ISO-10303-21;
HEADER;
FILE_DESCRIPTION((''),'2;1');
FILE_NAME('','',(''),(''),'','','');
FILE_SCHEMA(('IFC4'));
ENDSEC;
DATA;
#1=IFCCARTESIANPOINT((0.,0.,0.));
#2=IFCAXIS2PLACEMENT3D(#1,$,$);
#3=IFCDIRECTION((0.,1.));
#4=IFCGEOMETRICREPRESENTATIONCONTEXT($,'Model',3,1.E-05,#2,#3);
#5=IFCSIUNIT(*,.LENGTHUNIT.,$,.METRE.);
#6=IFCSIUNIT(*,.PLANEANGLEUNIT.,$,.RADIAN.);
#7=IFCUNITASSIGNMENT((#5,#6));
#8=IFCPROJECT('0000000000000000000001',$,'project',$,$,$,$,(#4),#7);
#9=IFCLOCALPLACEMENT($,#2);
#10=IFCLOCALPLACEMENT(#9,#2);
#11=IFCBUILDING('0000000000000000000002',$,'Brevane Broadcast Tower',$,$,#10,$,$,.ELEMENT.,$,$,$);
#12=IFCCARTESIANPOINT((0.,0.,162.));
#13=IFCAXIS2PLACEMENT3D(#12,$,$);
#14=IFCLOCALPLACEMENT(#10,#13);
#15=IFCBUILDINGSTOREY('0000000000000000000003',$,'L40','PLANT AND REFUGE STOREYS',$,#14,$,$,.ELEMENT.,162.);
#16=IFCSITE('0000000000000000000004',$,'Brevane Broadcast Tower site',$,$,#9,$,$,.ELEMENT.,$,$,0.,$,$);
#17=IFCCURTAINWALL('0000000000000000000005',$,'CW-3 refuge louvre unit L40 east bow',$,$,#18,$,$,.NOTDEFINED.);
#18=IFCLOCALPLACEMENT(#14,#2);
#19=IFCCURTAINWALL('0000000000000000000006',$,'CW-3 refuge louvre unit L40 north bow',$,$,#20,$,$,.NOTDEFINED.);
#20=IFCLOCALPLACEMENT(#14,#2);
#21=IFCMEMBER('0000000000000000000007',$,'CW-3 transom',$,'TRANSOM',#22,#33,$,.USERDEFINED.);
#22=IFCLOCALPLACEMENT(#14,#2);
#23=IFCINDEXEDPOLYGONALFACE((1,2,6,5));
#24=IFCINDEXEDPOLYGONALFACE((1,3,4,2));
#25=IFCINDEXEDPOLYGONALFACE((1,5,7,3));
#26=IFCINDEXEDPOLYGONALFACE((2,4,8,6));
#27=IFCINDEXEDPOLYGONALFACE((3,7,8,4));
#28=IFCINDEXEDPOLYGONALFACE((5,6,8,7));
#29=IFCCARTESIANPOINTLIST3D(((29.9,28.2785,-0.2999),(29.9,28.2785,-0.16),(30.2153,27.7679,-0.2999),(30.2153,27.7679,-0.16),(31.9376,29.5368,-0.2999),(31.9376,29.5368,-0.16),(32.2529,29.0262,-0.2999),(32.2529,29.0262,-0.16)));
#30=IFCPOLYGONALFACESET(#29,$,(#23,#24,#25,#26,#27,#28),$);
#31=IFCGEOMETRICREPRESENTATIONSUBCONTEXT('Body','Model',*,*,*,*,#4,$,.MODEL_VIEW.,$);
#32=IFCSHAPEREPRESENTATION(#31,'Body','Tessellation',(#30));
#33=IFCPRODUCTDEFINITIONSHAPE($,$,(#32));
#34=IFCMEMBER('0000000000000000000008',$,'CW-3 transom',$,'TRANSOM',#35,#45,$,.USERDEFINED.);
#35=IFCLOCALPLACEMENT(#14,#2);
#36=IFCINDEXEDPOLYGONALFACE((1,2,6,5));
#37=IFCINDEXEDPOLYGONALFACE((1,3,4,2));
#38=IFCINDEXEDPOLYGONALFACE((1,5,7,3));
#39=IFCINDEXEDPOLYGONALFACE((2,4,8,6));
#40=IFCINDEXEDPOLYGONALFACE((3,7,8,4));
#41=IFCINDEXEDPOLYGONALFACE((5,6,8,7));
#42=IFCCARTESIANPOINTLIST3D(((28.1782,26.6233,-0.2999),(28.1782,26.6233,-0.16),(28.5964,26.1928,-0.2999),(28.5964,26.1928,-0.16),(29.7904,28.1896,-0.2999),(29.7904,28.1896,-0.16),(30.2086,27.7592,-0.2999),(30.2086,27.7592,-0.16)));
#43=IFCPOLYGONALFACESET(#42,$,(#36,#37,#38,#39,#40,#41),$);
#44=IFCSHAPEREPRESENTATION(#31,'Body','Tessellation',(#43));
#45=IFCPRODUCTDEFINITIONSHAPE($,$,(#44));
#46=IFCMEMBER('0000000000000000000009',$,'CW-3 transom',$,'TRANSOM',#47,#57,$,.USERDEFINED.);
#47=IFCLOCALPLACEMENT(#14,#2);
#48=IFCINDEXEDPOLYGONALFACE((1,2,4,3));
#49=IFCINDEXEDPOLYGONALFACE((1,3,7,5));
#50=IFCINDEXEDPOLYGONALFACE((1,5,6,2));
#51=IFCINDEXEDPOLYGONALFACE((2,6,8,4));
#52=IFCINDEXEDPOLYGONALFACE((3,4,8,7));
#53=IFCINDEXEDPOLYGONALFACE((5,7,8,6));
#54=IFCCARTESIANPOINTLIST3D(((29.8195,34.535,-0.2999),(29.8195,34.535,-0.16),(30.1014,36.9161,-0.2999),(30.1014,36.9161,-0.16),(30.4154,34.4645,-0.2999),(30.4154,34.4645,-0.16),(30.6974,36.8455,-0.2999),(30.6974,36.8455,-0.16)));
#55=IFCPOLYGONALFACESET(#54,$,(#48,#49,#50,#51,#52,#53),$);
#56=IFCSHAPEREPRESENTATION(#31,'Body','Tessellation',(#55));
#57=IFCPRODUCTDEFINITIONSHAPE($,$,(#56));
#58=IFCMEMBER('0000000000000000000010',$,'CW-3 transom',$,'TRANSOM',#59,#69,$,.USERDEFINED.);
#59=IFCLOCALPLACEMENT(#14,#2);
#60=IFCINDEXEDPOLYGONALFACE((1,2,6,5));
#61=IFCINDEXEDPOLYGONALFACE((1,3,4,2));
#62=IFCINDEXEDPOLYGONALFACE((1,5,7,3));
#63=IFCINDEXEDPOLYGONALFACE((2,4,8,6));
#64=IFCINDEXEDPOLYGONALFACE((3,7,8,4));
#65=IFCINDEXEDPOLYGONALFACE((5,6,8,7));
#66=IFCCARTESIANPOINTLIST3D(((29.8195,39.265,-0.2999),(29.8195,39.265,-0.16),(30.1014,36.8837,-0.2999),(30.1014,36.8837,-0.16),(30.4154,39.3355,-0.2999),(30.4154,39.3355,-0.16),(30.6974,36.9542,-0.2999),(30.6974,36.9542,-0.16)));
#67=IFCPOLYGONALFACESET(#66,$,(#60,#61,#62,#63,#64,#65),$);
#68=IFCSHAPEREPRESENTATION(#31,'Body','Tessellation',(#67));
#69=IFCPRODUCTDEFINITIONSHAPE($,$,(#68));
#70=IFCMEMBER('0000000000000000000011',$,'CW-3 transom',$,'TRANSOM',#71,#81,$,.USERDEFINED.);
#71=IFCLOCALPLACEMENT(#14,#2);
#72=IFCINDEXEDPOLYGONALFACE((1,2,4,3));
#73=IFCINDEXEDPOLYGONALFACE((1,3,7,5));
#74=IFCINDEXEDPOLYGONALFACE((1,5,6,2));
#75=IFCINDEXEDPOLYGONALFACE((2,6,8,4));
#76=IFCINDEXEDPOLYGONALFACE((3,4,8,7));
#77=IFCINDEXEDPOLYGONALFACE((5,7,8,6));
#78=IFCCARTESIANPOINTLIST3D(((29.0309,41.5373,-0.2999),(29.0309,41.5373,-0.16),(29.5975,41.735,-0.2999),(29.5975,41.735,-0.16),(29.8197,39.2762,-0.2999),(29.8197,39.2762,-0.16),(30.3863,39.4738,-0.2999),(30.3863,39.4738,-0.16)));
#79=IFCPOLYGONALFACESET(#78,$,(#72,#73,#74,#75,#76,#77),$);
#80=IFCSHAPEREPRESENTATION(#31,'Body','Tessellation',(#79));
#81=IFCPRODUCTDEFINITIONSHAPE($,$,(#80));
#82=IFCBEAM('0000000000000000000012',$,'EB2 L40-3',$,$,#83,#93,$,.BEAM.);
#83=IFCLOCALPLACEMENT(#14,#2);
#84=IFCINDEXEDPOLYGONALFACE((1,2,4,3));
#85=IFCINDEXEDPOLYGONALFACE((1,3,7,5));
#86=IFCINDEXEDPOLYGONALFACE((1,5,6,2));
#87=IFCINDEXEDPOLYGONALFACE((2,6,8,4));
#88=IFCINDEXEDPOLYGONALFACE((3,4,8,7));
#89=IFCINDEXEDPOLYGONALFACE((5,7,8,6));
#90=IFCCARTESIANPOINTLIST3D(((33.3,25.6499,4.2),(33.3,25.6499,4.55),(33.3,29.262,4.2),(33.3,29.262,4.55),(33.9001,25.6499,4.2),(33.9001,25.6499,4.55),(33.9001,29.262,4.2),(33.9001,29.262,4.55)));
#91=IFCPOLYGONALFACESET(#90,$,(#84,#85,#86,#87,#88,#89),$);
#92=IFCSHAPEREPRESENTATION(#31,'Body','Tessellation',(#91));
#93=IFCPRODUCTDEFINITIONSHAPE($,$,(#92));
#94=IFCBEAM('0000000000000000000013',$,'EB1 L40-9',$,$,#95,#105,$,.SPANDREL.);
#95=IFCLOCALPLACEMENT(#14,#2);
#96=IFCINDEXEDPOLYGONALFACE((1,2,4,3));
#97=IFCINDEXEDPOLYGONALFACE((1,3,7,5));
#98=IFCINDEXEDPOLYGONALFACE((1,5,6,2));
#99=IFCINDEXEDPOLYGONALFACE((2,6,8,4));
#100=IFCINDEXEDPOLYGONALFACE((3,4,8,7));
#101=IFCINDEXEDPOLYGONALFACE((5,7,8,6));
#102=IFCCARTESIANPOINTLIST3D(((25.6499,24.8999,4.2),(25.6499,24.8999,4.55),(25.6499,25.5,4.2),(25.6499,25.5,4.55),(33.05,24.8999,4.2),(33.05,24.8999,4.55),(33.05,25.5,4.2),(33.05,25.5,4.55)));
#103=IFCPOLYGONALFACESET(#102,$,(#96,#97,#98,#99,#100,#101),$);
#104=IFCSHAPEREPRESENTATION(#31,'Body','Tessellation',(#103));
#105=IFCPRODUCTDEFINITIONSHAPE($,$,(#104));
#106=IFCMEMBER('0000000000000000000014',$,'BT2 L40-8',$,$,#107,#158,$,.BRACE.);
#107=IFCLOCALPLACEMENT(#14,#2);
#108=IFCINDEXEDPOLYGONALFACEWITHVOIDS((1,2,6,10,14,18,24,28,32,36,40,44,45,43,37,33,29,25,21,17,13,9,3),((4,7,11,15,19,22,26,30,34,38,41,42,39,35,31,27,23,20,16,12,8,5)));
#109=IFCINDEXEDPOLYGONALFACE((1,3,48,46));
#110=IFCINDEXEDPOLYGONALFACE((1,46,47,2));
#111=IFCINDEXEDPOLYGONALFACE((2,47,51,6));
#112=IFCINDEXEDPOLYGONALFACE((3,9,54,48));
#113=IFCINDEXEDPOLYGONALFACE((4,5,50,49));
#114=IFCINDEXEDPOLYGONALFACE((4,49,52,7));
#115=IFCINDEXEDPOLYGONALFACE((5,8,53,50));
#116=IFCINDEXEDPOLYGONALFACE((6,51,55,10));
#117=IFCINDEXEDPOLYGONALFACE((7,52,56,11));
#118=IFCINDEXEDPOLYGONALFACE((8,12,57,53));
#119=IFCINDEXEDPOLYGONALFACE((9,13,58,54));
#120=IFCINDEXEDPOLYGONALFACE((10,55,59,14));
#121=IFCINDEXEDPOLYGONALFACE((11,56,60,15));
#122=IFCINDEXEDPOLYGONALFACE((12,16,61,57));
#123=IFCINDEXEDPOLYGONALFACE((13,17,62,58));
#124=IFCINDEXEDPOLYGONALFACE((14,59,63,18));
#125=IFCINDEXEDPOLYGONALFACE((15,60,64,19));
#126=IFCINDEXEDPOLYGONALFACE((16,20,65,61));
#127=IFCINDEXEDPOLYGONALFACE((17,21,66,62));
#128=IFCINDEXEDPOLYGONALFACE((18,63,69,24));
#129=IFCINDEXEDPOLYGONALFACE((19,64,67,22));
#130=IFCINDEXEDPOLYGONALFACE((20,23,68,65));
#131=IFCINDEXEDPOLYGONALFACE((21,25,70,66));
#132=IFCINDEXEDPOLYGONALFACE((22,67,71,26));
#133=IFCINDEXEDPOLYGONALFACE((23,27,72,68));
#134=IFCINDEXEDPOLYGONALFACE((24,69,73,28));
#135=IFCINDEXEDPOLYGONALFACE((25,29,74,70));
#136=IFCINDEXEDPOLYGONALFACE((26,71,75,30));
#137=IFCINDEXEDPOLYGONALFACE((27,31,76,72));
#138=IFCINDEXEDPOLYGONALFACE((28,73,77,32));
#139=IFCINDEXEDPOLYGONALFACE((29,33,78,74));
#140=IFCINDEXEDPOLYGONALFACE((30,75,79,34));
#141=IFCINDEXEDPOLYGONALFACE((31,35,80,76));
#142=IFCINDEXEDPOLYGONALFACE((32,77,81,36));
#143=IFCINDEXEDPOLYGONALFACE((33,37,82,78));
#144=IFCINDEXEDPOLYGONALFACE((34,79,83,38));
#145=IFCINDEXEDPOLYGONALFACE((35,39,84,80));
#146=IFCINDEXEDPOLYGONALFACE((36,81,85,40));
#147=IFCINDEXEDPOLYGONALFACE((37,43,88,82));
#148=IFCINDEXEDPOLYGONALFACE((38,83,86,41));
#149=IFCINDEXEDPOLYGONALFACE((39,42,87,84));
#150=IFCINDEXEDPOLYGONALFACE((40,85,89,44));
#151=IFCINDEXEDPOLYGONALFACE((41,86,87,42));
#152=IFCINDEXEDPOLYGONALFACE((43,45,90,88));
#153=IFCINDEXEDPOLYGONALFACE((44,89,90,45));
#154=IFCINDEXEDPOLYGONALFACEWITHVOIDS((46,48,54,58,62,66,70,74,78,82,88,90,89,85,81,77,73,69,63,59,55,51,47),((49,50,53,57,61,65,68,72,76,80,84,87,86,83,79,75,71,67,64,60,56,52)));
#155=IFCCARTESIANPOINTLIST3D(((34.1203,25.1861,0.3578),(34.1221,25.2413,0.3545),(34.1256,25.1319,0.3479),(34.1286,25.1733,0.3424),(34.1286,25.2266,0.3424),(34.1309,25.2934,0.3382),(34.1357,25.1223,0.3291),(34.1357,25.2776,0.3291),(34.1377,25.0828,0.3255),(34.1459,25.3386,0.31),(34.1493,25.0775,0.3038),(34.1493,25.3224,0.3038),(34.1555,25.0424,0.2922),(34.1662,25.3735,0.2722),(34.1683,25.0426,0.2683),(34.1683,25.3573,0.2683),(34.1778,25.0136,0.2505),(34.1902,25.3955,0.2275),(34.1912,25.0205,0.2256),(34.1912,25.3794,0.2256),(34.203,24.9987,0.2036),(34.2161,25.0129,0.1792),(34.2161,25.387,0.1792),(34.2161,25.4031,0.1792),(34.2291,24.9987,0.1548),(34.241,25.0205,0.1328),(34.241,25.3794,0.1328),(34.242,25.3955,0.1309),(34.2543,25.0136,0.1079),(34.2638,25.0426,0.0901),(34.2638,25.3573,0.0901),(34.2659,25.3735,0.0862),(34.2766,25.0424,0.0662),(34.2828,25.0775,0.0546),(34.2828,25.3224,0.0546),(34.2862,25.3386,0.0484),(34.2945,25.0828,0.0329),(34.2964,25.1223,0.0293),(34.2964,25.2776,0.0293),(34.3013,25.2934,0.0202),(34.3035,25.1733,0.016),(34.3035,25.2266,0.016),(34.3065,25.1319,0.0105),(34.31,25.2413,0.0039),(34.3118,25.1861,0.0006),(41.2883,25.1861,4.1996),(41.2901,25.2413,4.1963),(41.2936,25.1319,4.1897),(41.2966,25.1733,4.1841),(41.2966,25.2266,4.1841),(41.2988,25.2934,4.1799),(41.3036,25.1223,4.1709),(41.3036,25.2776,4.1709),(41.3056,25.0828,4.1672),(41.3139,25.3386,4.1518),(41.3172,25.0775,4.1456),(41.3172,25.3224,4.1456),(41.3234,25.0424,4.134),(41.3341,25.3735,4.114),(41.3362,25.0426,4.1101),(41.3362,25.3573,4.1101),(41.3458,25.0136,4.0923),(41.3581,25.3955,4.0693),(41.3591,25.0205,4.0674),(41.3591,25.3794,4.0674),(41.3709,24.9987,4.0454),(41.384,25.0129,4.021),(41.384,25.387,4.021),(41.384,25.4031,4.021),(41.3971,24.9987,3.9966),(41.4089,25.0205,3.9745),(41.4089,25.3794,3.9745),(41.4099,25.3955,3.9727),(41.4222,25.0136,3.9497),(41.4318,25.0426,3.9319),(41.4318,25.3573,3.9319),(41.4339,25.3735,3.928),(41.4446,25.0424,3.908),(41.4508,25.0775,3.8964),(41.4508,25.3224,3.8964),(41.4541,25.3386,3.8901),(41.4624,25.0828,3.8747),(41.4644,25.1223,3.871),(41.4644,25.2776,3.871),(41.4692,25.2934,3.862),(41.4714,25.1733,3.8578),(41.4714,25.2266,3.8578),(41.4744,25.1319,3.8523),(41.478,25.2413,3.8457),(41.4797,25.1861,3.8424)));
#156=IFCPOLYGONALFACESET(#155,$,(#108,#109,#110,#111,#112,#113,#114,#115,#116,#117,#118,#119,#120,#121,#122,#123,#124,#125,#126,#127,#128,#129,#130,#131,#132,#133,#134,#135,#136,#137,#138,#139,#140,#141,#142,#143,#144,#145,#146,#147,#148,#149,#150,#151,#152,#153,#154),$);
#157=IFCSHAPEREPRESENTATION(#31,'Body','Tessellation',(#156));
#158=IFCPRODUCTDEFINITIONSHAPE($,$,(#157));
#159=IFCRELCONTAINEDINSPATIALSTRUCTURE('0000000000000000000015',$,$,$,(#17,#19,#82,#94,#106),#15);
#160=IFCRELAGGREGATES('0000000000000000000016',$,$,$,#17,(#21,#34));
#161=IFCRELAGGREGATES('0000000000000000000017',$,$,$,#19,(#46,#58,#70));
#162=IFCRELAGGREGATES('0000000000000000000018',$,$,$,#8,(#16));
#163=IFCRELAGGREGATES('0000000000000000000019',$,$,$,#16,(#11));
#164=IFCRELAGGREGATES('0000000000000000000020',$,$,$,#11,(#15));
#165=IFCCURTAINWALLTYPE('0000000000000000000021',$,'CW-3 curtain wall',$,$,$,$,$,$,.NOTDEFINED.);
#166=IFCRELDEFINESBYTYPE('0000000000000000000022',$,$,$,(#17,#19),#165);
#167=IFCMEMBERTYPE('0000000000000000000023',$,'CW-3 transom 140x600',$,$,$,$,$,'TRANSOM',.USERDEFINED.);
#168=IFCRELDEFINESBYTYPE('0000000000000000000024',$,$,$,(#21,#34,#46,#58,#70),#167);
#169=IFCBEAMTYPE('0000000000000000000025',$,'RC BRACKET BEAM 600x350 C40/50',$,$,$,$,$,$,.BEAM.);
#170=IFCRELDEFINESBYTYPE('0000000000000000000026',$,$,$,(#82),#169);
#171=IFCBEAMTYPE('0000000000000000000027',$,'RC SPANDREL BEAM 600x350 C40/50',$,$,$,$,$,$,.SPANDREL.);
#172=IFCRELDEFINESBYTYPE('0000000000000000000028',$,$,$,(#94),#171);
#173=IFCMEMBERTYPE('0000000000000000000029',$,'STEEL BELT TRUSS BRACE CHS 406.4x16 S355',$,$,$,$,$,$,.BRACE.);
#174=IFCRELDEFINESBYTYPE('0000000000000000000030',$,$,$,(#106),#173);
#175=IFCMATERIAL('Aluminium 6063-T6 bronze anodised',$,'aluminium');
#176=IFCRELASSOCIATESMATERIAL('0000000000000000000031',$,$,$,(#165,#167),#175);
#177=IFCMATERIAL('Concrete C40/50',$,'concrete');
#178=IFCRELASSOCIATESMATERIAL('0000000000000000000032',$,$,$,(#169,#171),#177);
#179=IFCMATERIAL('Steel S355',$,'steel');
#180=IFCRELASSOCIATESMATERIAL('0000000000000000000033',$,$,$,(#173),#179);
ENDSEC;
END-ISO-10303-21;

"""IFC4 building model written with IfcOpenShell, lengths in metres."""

from ifc_helpers import new_model, si_unit, direction, frame, origin, origin_2d, place, context, subcontext, project, spatial, rectangle, hollow_circle, extrude, material, material_profile, profile_set, type_object, element, aggregate, save


model = new_model("IFC4")

# Units and contexts
model_context = context("Model", 3, precision=1e-05, world=origin(), true_north=direction((0.0, 1.0)))
body_context = subcontext(model_context, "Body", "Model", "MODEL_VIEW")
ifc_project = project(units=[si_unit("LENGTHUNIT", "METRE"), si_unit("PLANEANGLEUNIT", "RADIAN")], contexts=[model_context])

# Site, building, storey
site_placement = place(None, origin())
site = spatial("IfcSite", under=ifc_project, at=site_placement, Name="Brevane Broadcast Tower site", CompositionType="ELEMENT", RefElevation=0.0)
building_placement = place(site_placement, origin())
building = spatial("IfcBuilding", under=site, at=building_placement, Name="Brevane Broadcast Tower", CompositionType="ELEMENT")
storey_placement = place(building_placement, frame((0.0, 0.0, 162.0)))
storey = spatial("IfcBuildingStorey", under=building, at=storey_placement, Name="L40", Description="PLANT AND REFUGE STOREYS", CompositionType="ELEMENT", Elevation=162.0)

# Curtain walls
ifc_material_1 = material(Name="Aluminium 6063-T6 bronze anodised", Category="aluminium")
curtain_wall_type = type_object("IfcCurtainWallType", Name="CW-3 curtain wall", PredefinedType="NOTDEFINED", material=ifc_material_1)
curtain_wall_1_placement = place(storey_placement, origin())
curtain_wall_1 = element("IfcCurtainWall", 1, at=curtain_wall_1_placement, inside=storey, type_object=curtain_wall_type, Name="CW-3 refuge louvre unit L40 east bow", PredefinedType="NOTDEFINED")
curtain_wall_2_placement = place(storey_placement, origin())
curtain_wall_2 = element("IfcCurtainWall", 2, at=curtain_wall_2_placement, inside=storey, type_object=curtain_wall_type, Name="CW-3 refuge louvre unit L40 north bow", PredefinedType="NOTDEFINED")

# Members
ifc_material_profile_1 = material_profile(ifc_material_1, rectangle(XDim=0.6001, YDim=0.1399, at=origin_2d()), Name="RECT 140x600")
ifc_profile_set_1 = profile_set([ifc_material_profile_1], Name="Aluminium 6063-T6 bronze anodised")
member_type_1 = type_object("IfcMemberType", Name="CW-3 transom 140x600", ElementType="TRANSOM", PredefinedType="USERDEFINED", material=ifc_profile_set_1)
member_1_placement = place(storey_placement, frame((32.0952, 29.2815, -0.23), z_axis=(-0.850838, -0.525428, 0.0), x_axis=(0.525428, -0.850838, 0.0)))
member_1 = element("IfcMember", 3, at=member_1_placement, type_object=member_type_1, Name="CW-3 transom", ObjectType="TRANSOM", PredefinedType="USERDEFINED", context=body_context, shape_type="SweptSolid", body=[
    extrude(rectangle(XDim=0.6001, YDim=0.1399, at=origin_2d()), origin(), (0.0, 0.0, 1.0), 2.3948),
])
member_2_placement = place(storey_placement, frame((29.9995, 27.9744, -0.23), z_axis=(-0.717242, -0.696824, 0.0), x_axis=(0.696824, -0.717242, 0.0)))
member_2 = element("IfcMember", 4, at=member_2_placement, type_object=member_type_1, Name="CW-3 transom", ObjectType="TRANSOM", PredefinedType="USERDEFINED", context=body_context, shape_type="SweptSolid", body=[
    extrude(rectangle(XDim=0.6001, YDim=0.1399, at=origin_2d()), origin(), (0.0, 0.0, 1.0), 2.2478),
])
aggregate(curtain_wall_1, [member_1, member_2])
member_3_placement = place(storey_placement, frame((30.1174, 34.4998, -0.23), z_axis=(0.117603, 0.993061, 0.0), x_axis=(-0.993061, 0.117603, 0.0)))
member_3 = element("IfcMember", 5, at=member_3_placement, type_object=member_type_1, Name="CW-3 transom", ObjectType="TRANSOM", PredefinedType="USERDEFINED", context=body_context, shape_type="SweptSolid", body=[
    extrude(rectangle(XDim=0.6001, YDim=0.1399, at=origin_2d()), origin(), (0.0, 0.0, 1.0), 2.3977),
])
member_4_placement = place(storey_placement, frame((30.3994, 36.9189, -0.23), z_axis=(-0.117591, 0.993062, 0.0), x_axis=(-0.993062, -0.117591, 0.0)))
member_4 = element("IfcMember", 6, at=member_4_placement, type_object=member_type_1, Name="CW-3 transom", ObjectType="TRANSOM", PredefinedType="USERDEFINED", context=body_context, shape_type="SweptSolid", body=[
    extrude(rectangle(XDim=0.6001, YDim=0.1399, at=origin_2d()), origin(), (0.0, 0.0, 1.0), 2.3979),
])
member_5_placement = place(storey_placement, frame((30.103, 39.375, -0.23), z_axis=(-0.329378, 0.944198, 0.0), x_axis=(-0.944198, -0.329378, 0.0)))
member_5 = element("IfcMember", 7, at=member_5_placement, type_object=member_type_1, Name="CW-3 transom", ObjectType="TRANSOM", PredefinedType="USERDEFINED", context=body_context, shape_type="SweptSolid", body=[
    extrude(rectangle(XDim=0.6001, YDim=0.1399, at=origin_2d()), origin(), (0.0, 0.0, 1.0), 2.3948),
])
aggregate(curtain_wall_2, [member_3, member_4, member_5])

# Beams
ifc_material_2 = material(Name="Concrete C40/50", Category="concrete")
ifc_material_profile_2 = material_profile(ifc_material_2, rectangle(XDim=0.6001, YDim=0.3501, at=origin_2d()), Name="RC 600x350")
ifc_profile_set_2 = profile_set([ifc_material_profile_2], Name="Concrete C40/50")
beam_type_1 = type_object("IfcBeamType", Name="RC BRACKET BEAM 600x350 C40/50", PredefinedType="BEAM", material=ifc_profile_set_2)
beam_1_placement = place(storey_placement, frame((33.6001, 25.6499, 4.375), z_axis=(0.0, 1.0, 0.0), x_axis=(-1.0, 0.0, 0.0)))
element("IfcBeam", 8, at=beam_1_placement, inside=storey, type_object=beam_type_1, Name="EB2 L40-3", PredefinedType="BEAM", context=body_context, shape_type="SweptSolid", body=[
    extrude(rectangle(XDim=0.6001, YDim=0.3501, at=origin_2d()), origin(), (0.0, 0.0, 1.0), 3.6121),
])
ifc_material_profile_3 = material_profile(ifc_material_2, rectangle(XDim=0.6001, YDim=0.3501, at=origin_2d()), Name="RC 600x350")
ifc_profile_set_3 = profile_set([ifc_material_profile_3], Name="Concrete C40/50")
beam_type_2 = type_object("IfcBeamType", Name="RC SPANDREL BEAM 600x350 C40/50", PredefinedType="SPANDREL", material=ifc_profile_set_3)
beam_2_placement = place(storey_placement, frame((33.05, 25.2, 4.375), z_axis=(-1.0, 0.0, 0.0), x_axis=(0.0, -1.0, 0.0)))
element("IfcBeam", 9, at=beam_2_placement, inside=storey, type_object=beam_type_2, Name="EB1 L40-9", PredefinedType="SPANDREL", context=body_context, shape_type="SweptSolid", body=[
    extrude(rectangle(XDim=0.6001, YDim=0.3501, at=origin_2d()), origin(), (0.0, 0.0, 1.0), 7.4001),
])

# Member
ifc_material_3 = material(Name="Steel S355", Category="steel")
ifc_material_profile_4 = material_profile(ifc_material_3, hollow_circle(Radius=0.2031, WallThickness=0.0161, at=origin_2d()), Name="CHS 406.4x16")
ifc_profile_set_4 = profile_set([ifc_material_profile_4], Name="Steel S355")
member_type_2 = type_object("IfcMemberType", Name="STEEL BELT TRUSS BRACE CHS 406.4x16 S355", PredefinedType="BRACE", material=ifc_profile_set_4)
member_6_placement = place(storey_placement, frame((34.2161, 25.2, 0.1792), z_axis=(0.881387, 0.0, 0.472395), x_axis=(0.0, 1.0, 0.0)))
element("IfcMember", 10, at=member_6_placement, inside=storey, type_object=member_type_2, Name="BT2 L40-8", PredefinedType="BRACE", context=body_context, shape_type="SweptSolid", body=[
    extrude(hollow_circle(Radius=0.2031, WallThickness=0.0161, at=origin_2d()), origin(), (0.0, 0.0, 1.0), 8.1326),
])

save(model, "model.ifc")
